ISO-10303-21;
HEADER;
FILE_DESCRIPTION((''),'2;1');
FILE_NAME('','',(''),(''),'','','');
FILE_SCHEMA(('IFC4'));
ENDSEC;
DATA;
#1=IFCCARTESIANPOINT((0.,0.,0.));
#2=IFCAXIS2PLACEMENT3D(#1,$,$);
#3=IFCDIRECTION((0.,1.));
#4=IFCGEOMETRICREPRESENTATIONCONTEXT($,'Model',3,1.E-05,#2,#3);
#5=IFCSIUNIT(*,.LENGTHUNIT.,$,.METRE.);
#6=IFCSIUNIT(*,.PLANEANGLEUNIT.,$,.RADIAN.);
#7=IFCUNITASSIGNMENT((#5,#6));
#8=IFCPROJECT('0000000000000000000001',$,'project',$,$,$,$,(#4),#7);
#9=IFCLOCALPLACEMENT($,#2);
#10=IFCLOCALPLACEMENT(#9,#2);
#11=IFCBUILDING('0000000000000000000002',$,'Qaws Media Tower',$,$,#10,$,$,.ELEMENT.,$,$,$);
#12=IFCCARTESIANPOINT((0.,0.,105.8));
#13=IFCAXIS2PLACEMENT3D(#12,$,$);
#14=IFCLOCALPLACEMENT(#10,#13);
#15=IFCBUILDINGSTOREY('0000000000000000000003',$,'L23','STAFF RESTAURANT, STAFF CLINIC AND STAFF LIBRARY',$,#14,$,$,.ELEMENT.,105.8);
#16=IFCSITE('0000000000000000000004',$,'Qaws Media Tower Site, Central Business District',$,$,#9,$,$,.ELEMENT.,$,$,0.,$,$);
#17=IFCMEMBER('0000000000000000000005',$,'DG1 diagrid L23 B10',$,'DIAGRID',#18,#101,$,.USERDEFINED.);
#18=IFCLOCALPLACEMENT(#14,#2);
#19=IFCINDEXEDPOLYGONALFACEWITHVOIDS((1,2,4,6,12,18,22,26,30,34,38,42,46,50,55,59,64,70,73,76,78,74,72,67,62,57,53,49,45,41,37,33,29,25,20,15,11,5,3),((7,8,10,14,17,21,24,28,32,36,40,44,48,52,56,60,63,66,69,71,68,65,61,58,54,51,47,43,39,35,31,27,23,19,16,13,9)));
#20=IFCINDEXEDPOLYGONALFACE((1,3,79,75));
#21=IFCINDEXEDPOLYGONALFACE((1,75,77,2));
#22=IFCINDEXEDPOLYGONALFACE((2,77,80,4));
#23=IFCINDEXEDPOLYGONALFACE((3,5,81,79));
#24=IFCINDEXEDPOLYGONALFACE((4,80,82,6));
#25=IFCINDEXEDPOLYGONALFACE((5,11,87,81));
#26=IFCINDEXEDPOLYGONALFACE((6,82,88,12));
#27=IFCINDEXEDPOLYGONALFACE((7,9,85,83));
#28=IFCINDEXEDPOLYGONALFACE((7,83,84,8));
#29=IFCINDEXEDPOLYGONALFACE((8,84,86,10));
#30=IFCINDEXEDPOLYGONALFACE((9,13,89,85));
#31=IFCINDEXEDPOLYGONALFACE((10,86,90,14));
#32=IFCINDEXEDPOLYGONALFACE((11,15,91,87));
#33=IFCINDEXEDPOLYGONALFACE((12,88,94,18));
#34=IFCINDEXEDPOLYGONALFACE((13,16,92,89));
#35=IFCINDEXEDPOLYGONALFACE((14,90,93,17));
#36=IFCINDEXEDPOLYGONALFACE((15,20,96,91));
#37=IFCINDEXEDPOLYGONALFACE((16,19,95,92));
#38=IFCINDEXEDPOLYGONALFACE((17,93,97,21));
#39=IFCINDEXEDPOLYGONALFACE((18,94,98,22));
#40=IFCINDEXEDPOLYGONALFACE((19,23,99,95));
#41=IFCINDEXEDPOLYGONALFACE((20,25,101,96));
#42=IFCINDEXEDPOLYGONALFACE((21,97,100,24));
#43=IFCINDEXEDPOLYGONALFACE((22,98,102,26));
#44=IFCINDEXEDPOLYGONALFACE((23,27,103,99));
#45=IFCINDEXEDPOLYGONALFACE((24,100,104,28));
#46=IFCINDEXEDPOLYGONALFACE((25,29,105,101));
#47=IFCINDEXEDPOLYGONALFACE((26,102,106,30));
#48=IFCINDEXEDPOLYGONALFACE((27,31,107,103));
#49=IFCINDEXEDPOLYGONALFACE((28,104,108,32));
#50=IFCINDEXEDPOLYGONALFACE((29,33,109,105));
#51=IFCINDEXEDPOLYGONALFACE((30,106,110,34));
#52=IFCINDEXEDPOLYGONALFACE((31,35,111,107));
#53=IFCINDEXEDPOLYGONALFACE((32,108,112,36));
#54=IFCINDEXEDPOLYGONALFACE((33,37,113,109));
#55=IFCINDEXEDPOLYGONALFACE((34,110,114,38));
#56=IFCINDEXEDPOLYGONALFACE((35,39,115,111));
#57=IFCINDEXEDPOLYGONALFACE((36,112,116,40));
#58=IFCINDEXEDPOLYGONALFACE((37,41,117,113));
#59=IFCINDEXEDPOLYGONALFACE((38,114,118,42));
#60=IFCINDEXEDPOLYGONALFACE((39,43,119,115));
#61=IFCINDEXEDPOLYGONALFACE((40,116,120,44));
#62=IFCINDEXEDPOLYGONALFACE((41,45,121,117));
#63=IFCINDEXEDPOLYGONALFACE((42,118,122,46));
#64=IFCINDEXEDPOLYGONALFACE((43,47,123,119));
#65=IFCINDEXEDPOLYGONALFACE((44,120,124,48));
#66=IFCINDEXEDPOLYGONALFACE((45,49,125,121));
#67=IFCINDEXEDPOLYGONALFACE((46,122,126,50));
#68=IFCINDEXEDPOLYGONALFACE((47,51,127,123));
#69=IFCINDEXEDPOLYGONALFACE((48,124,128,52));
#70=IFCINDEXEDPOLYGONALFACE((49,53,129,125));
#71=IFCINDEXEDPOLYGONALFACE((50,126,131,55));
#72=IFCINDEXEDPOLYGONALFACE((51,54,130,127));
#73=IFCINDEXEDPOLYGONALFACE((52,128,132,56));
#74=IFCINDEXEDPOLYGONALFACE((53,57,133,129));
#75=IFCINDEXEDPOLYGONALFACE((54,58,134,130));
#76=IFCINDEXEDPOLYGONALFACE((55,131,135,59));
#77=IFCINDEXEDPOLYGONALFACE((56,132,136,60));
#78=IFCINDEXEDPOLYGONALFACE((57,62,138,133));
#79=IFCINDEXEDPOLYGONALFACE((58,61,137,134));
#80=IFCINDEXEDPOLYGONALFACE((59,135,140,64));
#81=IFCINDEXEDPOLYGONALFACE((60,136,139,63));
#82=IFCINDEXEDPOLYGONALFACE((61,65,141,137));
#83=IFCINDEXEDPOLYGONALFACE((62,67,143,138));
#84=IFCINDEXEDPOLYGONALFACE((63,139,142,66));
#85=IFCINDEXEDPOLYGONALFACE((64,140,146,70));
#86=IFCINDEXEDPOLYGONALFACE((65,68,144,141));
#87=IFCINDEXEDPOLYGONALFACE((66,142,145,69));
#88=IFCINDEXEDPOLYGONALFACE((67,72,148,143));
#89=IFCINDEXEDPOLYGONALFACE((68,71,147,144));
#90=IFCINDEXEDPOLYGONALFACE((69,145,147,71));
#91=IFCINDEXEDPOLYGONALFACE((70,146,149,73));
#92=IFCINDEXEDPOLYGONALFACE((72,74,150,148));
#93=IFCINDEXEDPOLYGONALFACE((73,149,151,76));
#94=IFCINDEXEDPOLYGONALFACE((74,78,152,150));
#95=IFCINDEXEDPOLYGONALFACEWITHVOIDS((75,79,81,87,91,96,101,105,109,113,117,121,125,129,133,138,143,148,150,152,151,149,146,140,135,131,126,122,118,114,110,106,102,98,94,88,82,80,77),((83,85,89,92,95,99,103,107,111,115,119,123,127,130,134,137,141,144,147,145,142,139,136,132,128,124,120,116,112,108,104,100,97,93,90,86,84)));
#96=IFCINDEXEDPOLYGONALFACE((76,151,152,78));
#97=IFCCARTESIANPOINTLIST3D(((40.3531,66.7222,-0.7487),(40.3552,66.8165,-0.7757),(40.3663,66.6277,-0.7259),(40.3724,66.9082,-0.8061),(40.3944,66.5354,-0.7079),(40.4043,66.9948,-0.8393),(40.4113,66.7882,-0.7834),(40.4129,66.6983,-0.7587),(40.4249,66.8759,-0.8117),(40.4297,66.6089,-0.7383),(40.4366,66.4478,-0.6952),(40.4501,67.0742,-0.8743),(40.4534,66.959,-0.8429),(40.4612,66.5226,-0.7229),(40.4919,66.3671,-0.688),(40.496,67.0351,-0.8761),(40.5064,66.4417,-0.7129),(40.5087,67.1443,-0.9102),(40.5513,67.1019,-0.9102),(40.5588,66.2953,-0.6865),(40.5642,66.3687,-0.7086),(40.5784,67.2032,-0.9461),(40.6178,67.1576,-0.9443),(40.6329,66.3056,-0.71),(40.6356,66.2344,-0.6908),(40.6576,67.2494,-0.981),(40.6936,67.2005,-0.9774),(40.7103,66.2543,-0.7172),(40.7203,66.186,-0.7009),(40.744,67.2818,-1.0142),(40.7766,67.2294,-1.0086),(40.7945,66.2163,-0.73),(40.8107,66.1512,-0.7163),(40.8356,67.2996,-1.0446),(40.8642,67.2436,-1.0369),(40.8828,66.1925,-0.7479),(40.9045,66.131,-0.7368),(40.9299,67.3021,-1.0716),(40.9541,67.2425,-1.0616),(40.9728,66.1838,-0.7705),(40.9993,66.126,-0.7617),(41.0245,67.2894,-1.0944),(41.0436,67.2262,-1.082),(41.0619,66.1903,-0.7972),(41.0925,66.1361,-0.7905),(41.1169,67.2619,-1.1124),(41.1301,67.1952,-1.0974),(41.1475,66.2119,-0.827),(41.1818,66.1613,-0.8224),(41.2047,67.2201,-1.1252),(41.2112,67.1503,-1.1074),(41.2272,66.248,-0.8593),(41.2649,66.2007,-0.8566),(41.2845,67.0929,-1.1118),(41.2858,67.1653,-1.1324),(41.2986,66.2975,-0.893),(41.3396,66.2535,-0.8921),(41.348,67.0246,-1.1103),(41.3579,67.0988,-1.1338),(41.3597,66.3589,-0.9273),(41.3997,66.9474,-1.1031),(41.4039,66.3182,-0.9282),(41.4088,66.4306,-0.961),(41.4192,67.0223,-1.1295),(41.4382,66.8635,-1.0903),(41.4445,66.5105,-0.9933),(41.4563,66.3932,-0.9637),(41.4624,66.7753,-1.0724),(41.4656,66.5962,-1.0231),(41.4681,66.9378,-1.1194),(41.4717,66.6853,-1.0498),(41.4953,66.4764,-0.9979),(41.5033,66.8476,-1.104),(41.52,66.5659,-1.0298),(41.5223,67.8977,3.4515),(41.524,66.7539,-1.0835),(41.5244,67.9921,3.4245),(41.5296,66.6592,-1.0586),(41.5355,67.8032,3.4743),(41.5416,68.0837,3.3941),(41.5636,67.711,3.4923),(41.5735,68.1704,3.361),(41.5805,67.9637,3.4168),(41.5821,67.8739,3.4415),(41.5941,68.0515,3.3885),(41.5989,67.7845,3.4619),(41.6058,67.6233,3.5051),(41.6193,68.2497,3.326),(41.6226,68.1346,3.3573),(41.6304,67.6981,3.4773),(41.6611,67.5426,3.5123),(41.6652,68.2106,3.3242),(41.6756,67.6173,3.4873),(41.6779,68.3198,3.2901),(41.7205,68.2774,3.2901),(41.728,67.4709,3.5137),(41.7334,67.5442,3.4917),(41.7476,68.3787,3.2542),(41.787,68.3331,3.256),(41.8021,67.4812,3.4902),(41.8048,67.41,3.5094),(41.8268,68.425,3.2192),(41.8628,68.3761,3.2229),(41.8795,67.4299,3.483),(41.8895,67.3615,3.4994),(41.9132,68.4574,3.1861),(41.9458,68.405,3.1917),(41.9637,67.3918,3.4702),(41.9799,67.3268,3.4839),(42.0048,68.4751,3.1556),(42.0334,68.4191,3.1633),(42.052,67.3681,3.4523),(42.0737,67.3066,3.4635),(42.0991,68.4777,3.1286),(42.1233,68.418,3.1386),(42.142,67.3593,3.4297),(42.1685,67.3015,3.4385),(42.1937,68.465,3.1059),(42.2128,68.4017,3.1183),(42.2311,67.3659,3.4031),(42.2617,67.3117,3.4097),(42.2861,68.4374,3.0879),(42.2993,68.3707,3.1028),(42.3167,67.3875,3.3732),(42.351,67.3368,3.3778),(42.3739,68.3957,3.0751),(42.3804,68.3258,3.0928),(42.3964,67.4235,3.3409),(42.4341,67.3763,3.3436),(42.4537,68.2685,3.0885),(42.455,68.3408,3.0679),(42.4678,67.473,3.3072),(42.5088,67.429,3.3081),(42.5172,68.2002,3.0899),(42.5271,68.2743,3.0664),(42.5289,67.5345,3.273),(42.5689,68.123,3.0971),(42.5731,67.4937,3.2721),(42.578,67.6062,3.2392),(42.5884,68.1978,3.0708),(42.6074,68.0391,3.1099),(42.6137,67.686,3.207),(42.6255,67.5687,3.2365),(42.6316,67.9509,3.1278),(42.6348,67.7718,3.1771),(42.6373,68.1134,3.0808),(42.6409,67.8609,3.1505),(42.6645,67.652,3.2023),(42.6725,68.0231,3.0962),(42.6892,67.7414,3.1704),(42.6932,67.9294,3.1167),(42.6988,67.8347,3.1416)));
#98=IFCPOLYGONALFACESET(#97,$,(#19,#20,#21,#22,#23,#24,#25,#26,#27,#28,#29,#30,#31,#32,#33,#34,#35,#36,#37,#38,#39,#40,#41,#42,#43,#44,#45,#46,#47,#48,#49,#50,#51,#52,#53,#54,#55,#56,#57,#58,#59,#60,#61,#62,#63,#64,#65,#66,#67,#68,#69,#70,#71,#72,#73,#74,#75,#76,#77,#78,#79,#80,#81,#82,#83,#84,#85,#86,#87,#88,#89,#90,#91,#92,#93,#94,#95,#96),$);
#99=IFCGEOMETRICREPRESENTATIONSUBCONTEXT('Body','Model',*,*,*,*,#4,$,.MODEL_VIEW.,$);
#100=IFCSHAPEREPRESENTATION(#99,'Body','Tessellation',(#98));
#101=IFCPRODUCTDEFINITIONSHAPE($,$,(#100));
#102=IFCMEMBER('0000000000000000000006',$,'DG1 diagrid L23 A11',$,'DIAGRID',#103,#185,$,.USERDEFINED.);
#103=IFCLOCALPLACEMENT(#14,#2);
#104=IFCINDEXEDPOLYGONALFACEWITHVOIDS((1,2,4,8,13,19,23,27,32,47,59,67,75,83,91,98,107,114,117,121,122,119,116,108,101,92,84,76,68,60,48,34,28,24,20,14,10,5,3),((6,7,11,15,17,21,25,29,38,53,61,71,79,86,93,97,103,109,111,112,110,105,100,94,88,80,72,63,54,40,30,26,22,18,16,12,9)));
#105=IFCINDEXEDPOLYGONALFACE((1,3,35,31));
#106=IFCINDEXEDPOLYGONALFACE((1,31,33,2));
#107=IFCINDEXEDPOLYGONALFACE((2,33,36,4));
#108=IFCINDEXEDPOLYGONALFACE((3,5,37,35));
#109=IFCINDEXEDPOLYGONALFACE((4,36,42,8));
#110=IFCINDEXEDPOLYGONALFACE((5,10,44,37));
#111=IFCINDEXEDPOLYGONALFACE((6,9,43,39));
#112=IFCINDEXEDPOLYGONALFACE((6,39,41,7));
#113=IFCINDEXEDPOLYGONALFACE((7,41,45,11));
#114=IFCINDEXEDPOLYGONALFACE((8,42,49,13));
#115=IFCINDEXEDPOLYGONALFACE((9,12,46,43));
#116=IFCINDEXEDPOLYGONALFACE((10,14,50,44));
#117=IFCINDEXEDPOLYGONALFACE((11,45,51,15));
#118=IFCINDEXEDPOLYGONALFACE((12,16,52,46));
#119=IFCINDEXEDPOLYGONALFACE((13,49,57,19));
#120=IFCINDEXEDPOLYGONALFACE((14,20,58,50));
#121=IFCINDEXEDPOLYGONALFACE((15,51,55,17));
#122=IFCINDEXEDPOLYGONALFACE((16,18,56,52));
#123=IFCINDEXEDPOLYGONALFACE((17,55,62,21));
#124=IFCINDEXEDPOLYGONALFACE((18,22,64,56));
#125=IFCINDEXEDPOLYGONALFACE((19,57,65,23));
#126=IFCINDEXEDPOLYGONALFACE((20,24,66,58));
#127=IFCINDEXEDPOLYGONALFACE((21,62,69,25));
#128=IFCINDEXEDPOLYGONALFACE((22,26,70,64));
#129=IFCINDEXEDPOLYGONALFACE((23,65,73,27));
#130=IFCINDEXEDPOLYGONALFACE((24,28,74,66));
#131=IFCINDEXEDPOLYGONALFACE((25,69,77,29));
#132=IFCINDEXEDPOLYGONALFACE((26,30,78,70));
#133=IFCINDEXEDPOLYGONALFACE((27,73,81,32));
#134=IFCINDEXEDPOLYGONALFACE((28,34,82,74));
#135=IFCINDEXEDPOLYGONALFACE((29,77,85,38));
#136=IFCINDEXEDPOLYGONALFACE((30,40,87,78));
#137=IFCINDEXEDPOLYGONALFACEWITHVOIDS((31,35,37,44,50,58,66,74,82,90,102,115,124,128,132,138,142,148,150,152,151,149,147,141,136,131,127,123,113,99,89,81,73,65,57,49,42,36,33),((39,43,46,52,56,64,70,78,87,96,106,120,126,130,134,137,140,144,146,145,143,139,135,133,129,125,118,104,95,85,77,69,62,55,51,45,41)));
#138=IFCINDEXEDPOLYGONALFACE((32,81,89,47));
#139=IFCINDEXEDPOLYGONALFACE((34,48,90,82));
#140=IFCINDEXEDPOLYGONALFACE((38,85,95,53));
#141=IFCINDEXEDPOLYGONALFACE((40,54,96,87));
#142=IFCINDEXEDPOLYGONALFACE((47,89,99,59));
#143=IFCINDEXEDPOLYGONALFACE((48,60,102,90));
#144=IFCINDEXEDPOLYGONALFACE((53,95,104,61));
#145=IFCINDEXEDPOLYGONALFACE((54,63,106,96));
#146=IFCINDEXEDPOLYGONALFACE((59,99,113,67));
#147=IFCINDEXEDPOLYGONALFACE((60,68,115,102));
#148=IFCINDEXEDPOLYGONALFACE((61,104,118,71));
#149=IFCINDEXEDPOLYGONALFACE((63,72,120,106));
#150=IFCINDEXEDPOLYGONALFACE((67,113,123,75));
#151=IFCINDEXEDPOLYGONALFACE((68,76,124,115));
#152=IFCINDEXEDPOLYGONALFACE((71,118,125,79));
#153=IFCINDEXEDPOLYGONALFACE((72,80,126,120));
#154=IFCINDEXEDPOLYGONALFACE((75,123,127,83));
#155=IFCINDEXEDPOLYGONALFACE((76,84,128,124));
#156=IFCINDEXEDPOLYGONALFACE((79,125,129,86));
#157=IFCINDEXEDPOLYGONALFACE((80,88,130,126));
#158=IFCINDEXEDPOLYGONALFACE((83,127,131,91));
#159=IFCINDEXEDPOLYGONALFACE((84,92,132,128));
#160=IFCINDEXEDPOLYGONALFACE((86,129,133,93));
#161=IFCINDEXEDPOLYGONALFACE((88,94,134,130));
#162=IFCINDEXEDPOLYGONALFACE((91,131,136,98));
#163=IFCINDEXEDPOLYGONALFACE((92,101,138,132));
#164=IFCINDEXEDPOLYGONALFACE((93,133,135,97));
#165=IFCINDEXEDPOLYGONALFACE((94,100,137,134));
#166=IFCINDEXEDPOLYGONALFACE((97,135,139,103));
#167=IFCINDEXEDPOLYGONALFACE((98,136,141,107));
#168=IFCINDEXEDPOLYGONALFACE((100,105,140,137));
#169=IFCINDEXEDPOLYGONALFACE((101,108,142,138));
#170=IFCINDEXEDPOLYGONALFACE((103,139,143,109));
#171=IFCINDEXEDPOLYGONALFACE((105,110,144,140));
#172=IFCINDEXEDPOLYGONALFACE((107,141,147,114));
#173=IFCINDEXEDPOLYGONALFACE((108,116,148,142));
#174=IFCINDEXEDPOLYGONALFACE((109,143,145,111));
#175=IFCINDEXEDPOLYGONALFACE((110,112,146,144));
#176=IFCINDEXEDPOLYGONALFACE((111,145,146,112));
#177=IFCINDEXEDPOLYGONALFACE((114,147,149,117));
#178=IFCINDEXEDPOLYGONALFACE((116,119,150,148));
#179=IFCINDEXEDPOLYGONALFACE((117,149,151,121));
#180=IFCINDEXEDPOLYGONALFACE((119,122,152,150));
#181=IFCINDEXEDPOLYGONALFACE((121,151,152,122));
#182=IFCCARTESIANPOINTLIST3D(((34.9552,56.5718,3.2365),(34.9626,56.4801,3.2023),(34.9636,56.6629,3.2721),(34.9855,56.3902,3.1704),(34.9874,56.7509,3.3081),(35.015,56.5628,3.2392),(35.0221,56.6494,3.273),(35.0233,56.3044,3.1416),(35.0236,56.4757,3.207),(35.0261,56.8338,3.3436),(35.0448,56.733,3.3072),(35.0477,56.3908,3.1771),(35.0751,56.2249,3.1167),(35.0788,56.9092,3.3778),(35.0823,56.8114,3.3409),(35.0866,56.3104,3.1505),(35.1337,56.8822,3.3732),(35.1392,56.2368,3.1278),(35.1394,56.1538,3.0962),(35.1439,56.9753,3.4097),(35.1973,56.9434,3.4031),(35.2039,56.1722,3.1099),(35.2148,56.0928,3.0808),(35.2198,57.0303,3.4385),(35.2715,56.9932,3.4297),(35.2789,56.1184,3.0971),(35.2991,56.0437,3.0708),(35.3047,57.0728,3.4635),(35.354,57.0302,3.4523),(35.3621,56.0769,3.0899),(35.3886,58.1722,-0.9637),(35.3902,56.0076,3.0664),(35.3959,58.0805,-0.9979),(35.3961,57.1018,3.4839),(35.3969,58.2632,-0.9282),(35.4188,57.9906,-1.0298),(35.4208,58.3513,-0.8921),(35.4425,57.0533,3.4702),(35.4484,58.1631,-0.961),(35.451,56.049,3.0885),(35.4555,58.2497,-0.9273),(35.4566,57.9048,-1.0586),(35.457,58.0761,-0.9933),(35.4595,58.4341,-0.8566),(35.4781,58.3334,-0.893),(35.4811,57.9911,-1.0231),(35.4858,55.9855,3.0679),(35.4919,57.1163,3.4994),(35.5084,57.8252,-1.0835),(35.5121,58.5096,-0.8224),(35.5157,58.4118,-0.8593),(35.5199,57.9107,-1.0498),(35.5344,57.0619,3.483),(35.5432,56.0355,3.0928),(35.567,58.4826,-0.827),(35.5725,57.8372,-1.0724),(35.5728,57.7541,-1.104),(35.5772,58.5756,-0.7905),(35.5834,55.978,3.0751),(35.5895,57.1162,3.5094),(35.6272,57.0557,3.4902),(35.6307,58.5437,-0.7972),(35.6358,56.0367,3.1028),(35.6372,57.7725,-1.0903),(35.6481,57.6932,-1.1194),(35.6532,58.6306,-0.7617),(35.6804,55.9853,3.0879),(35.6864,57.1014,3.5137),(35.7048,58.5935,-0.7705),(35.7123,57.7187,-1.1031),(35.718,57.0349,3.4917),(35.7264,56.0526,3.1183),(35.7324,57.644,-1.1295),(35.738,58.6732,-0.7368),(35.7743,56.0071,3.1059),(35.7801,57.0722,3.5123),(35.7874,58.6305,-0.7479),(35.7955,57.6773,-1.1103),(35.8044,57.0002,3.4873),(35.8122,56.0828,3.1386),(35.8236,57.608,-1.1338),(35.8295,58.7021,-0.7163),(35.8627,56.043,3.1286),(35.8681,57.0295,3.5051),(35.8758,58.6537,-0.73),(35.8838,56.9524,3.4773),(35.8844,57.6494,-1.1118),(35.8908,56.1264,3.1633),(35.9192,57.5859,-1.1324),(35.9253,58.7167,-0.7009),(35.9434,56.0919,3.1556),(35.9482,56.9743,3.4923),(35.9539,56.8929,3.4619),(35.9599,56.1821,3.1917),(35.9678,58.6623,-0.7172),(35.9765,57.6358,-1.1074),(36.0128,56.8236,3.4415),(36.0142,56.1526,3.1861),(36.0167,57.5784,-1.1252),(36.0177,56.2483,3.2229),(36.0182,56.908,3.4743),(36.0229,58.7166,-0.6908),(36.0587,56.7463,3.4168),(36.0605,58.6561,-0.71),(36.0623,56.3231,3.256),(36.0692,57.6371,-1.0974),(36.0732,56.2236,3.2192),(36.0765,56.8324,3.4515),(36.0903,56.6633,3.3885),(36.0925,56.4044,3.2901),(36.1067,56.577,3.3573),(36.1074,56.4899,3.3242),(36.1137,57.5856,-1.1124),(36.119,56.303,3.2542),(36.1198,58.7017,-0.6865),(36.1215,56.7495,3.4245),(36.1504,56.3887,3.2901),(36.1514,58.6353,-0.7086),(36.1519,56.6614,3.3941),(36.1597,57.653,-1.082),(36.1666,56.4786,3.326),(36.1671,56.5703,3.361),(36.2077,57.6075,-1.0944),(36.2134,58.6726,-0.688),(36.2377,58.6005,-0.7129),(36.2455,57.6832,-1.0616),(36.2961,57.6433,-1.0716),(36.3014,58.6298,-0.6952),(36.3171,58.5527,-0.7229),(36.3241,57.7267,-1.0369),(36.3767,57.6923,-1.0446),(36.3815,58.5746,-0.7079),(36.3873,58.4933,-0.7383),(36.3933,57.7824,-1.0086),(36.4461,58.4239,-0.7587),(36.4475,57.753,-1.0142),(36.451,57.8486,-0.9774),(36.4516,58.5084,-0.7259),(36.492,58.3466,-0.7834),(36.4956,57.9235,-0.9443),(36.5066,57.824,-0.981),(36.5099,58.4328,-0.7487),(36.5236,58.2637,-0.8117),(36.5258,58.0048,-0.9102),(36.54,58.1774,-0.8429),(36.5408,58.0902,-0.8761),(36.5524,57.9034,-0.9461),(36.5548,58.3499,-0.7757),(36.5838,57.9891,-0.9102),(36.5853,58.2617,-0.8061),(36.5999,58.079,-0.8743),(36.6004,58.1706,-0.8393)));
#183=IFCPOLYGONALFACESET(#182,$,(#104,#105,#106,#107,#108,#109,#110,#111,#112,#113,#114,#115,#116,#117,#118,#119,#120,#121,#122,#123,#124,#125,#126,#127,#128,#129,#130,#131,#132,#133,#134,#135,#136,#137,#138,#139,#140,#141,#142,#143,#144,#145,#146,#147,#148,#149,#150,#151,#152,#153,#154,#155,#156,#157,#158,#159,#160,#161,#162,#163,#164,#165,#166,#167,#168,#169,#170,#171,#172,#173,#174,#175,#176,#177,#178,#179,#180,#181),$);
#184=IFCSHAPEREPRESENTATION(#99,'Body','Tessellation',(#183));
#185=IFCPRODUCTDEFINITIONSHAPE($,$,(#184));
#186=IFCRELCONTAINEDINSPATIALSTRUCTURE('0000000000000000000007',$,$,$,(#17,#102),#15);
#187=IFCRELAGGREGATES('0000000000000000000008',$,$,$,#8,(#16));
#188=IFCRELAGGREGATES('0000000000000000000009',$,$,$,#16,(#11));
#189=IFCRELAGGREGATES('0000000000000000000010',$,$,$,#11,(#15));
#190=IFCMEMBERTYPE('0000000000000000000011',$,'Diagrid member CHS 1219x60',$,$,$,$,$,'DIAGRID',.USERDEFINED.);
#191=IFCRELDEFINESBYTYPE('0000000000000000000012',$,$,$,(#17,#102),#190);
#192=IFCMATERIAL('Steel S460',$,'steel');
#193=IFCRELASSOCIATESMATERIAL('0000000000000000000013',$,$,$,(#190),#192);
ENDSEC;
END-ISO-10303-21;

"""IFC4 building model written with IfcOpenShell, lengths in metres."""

from ifc_helpers import new_model, si_unit, direction, frame, origin, origin_2d, place, context, subcontext, project, spatial, hollow_circle, extrude, material, material_profile, profile_set, type_object, element, save


model = new_model("IFC4")

# Units and contexts
model_context = context("Model", 3, precision=1e-05, world=origin(), true_north=direction((0.0, 1.0)))
body_context = subcontext(model_context, "Body", "Model", "MODEL_VIEW")
ifc_project = project(units=[si_unit("LENGTHUNIT", "METRE"), si_unit("PLANEANGLEUNIT", "RADIAN")], contexts=[model_context])

# Site, building, storey
site_placement = place(None, origin())
site = spatial("IfcSite", under=ifc_project, at=site_placement, Name="Qaws Media Tower Site, Central Business District", CompositionType="ELEMENT", RefElevation=0.0)
building_placement = place(site_placement, origin())
building = spatial("IfcBuilding", under=site, at=building_placement, Name="Qaws Media Tower", CompositionType="ELEMENT")
storey_placement = place(building_placement, frame((0.0, 0.0, 105.8)))
storey = spatial("IfcBuildingStorey", under=building, at=storey_placement, Name="L23", Description="STAFF RESTAURANT, STAFF CLINIC AND STAFF LIBRARY", CompositionType="ELEMENT", Elevation=105.8)

# Members
ifc_material_1 = material(Name="Steel S460", Category="steel")
ifc_material_profile_1 = material_profile(ifc_material_1, hollow_circle(Radius=0.6096, WallThickness=0.0601, at=origin_2d()), Name="CHS 1219x60")
ifc_profile_set_1 = profile_set([ifc_material_profile_1], Name="Steel S460")
member_type_1 = type_object("IfcMemberType", Name="Diagrid member CHS 1219x60", ElementType="DIAGRID", PredefinedType="USERDEFINED", material=ifc_profile_set_1)
for number, where, z_axis, x_axis, name in (
    (1, (40.9409, 66.7144, -0.9102), (0.258923, 0.260329, 0.930155), (-0.709018, 0.70519, 0.0), "DG1 diagrid L23 B10"),
    (2, (35.9954, 58.1484, -0.9102), (-0.095968, -0.354404, 0.930155), (0.965238, -0.261373, 0.0), "DG1 diagrid L23 A11"),
):
    element("IfcMember", number, at=place(storey_placement, frame(where, z_axis=z_axis, x_axis=x_axis)), inside=storey, type_object=member_type_1, Name=name, ObjectType="DIAGRID", PredefinedType="USERDEFINED", context=body_context, shape_type="SweptSolid", body=[
        extrude(hollow_circle(Radius=0.6096, WallThickness=0.0601, at=origin_2d()), origin(), (0.0, 0.0, 1.0), 4.5156),
    ])

save(model, "model.ifc")
